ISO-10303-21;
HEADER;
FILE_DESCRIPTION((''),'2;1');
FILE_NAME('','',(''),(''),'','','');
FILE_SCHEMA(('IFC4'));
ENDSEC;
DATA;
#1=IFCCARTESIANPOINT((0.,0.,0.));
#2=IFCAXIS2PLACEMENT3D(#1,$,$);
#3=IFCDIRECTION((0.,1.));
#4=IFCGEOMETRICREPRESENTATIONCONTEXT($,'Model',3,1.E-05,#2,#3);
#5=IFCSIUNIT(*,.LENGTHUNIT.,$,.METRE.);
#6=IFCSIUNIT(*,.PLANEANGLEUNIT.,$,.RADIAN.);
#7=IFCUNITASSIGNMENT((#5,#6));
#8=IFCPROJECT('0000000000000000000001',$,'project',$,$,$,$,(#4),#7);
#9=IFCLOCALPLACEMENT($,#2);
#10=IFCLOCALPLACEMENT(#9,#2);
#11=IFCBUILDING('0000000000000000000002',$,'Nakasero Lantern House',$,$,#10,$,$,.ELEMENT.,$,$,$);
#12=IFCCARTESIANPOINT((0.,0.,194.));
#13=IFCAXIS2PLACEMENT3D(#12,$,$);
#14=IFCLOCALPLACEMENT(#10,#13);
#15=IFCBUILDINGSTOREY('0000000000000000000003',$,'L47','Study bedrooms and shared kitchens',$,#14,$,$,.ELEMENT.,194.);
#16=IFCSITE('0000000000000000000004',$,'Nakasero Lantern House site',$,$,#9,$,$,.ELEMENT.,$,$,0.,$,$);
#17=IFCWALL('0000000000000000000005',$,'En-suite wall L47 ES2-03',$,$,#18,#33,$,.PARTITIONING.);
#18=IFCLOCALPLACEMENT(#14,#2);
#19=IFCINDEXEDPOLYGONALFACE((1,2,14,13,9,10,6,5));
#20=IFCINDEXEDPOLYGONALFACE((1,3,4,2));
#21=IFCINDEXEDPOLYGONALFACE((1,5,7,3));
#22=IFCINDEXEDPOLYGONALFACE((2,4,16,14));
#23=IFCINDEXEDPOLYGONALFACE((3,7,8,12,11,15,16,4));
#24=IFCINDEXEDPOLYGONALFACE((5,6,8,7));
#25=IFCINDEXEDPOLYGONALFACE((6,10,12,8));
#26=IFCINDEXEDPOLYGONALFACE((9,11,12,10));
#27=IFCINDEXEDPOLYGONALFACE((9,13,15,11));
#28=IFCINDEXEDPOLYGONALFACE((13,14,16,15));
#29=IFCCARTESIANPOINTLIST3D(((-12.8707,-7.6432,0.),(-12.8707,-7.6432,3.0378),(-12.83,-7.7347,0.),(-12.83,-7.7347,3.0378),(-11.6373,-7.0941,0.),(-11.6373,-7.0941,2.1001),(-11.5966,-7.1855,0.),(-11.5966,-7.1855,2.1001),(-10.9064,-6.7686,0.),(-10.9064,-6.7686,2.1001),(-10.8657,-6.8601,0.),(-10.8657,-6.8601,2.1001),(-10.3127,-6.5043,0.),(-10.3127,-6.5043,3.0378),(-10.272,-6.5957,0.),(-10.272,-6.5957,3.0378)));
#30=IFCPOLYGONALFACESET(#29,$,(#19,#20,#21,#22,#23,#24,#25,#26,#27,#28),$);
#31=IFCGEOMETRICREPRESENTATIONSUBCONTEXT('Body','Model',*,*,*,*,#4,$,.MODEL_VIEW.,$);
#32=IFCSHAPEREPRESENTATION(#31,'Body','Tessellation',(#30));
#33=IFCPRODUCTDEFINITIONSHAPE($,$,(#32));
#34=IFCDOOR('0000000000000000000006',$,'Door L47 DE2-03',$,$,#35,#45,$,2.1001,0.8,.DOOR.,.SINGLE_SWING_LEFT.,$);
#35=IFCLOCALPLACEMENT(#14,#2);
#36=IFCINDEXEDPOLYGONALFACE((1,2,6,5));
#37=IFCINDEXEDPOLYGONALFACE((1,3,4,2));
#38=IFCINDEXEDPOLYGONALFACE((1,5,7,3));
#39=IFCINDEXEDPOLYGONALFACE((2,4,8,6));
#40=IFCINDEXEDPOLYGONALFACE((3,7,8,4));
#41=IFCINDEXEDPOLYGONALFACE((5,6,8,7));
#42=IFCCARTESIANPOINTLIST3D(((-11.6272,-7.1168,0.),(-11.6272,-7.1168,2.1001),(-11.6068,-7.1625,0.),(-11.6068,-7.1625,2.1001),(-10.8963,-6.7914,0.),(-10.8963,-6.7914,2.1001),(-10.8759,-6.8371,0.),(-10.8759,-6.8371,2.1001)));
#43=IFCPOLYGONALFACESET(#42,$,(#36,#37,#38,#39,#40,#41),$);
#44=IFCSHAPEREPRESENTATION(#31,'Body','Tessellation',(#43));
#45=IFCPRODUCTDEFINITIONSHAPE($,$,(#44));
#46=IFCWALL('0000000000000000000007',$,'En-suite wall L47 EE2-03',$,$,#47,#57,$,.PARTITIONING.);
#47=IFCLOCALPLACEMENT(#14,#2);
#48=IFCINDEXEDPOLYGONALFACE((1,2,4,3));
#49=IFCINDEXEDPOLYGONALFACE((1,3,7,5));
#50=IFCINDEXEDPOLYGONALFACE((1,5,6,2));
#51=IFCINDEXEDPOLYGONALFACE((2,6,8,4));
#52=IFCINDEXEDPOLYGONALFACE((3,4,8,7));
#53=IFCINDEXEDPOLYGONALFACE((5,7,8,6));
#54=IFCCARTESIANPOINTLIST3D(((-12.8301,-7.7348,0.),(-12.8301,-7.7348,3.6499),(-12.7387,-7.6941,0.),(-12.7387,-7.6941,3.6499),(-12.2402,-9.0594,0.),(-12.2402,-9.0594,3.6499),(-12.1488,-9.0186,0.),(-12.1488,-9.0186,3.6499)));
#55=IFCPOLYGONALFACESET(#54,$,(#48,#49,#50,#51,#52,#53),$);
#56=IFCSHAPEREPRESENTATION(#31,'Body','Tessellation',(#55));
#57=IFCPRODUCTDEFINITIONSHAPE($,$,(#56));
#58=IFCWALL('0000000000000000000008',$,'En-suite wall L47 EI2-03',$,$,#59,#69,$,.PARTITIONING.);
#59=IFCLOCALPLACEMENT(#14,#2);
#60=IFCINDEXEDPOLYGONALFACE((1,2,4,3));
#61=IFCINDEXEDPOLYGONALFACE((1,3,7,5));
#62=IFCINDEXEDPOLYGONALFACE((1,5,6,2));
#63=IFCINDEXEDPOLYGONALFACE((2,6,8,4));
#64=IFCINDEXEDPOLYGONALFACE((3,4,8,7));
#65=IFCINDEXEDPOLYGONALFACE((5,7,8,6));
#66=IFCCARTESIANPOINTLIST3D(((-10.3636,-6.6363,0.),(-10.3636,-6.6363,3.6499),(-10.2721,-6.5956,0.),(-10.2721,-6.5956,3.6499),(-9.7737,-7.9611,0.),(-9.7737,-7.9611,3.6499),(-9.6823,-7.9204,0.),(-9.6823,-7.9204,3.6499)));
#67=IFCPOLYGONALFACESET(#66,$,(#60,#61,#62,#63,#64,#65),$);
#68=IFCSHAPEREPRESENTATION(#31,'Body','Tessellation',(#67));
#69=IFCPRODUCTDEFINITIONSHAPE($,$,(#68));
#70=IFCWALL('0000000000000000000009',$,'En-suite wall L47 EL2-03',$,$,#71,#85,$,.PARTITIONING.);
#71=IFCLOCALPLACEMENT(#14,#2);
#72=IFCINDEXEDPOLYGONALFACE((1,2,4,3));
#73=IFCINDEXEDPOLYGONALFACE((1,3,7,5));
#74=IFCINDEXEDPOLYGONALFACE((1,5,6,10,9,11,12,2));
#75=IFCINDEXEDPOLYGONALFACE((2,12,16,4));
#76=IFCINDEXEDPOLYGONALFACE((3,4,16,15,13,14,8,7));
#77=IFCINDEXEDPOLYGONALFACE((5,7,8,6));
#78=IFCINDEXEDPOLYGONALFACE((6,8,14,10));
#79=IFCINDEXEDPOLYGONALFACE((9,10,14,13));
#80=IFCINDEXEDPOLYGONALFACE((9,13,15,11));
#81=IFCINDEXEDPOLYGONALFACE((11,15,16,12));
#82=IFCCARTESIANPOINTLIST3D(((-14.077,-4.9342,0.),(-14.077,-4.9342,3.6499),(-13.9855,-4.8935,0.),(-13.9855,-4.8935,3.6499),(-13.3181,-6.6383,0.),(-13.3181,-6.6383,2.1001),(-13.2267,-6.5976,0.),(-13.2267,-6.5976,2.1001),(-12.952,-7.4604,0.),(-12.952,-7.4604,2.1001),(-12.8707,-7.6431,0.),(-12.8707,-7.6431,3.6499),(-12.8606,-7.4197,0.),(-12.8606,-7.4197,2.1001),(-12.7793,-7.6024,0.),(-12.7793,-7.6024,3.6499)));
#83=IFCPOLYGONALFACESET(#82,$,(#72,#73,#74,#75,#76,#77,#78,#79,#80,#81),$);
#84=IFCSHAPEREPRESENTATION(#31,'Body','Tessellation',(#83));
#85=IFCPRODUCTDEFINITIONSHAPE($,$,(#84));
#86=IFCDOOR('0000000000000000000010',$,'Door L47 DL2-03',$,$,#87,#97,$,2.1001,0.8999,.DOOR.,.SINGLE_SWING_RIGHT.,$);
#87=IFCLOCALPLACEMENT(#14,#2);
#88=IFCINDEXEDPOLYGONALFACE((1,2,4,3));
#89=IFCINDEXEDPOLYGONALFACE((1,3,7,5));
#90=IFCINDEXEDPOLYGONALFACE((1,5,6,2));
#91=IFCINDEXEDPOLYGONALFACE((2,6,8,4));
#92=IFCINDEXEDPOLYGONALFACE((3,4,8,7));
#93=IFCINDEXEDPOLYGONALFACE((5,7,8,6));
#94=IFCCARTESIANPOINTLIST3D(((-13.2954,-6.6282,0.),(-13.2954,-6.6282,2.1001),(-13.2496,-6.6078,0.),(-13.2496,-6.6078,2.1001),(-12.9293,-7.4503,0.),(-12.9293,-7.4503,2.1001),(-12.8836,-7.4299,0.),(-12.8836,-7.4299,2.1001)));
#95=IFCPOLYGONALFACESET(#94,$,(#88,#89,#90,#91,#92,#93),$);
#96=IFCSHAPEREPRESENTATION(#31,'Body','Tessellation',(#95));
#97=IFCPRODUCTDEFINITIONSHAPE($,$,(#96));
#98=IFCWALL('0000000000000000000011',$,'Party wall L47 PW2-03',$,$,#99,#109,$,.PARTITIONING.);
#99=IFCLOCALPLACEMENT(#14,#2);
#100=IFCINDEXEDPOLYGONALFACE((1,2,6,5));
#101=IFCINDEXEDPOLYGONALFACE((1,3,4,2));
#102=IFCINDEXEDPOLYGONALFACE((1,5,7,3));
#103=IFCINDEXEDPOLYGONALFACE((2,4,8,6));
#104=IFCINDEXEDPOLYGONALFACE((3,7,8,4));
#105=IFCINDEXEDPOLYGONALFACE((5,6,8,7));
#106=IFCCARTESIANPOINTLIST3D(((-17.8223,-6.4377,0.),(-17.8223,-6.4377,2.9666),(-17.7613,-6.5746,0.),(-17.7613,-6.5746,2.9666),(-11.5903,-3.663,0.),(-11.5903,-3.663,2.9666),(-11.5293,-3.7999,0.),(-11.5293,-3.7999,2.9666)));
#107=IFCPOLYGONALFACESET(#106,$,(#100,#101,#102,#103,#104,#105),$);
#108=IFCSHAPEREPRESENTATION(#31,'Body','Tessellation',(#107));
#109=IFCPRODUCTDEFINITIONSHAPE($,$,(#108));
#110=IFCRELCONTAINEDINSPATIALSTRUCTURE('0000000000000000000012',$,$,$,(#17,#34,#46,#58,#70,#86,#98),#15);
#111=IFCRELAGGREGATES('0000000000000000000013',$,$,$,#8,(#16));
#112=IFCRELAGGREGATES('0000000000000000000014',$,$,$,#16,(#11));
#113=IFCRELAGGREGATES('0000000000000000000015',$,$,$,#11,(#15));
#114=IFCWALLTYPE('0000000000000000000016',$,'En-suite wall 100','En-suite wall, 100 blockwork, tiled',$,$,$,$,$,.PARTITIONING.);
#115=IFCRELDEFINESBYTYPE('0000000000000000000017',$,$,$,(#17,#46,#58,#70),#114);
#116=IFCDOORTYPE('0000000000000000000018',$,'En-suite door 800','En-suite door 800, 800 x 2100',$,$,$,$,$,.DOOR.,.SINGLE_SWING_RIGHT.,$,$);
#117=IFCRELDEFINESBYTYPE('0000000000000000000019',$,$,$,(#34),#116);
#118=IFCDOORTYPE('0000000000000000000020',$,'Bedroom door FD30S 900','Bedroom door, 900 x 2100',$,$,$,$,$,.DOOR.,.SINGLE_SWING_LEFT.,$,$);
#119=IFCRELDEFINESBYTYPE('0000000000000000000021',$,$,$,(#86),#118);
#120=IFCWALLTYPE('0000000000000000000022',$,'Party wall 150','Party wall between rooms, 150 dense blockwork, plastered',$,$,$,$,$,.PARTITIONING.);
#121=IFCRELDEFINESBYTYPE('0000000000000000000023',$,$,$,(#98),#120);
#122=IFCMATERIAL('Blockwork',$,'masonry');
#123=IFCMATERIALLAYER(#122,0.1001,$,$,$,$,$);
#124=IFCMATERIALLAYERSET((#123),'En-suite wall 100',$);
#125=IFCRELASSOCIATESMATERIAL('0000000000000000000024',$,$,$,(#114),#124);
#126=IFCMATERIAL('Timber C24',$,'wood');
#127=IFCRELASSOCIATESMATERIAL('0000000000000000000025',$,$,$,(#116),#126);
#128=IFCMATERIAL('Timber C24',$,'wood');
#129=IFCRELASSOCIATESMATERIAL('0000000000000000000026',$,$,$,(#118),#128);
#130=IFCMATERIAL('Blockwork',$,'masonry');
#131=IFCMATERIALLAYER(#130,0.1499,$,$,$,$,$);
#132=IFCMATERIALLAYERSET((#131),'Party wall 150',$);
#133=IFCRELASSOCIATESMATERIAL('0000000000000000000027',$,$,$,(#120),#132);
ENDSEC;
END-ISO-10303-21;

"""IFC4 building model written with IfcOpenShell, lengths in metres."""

from ifc_helpers import new_model, si_unit, direction, frame, frame_2d, origin, place, context, subcontext, project, spatial, rectangle, extrude, material, layer, layer_set, type_object, element, fill, save


model = new_model("IFC4")

# Units and contexts
model_context = context("Model", 3, precision=1e-05, world=origin(), true_north=direction((0.0, 1.0)))
body_context = subcontext(model_context, "Body", "Model", "MODEL_VIEW")
ifc_project = project(units=[si_unit("LENGTHUNIT", "METRE"), si_unit("PLANEANGLEUNIT", "RADIAN")], contexts=[model_context])

# Site, building, storey
site_placement = place(None, origin())
site = spatial("IfcSite", under=ifc_project, at=site_placement, Name="Nakasero Lantern House site", CompositionType="ELEMENT", RefElevation=0.0)
building_placement = place(site_placement, origin())
building = spatial("IfcBuilding", under=site, at=building_placement, Name="Nakasero Lantern House", CompositionType="ELEMENT")
storey_placement = place(building_placement, frame((0.0, 0.0, 194.0)))
storey = spatial("IfcBuildingStorey", under=building, at=storey_placement, Name="L47", Description="Study bedrooms and shared kitchens", CompositionType="ELEMENT", Elevation=194.0)

# Wall, opening, door
ifc_material_1 = material(Name="Blockwork", Category="masonry")
ifc_layer_1 = layer(ifc_material_1, 0.1001)
ifc_layer_set_1 = layer_set([ifc_layer_1], Name="En-suite wall 100")
wall_type_1 = type_object("IfcWallType", Name="En-suite wall 100", Description="En-suite wall, 100 blockwork, tiled", PredefinedType="PARTITIONING", material=ifc_layer_set_1)
wall_1_placement = place(storey_placement, frame((-10.2925, -6.55, 0.0), z_axis=(0.0, 0.0, 1.0), x_axis=(-0.913534, -0.406761, 0.0)))
wall_1 = element("IfcWall", 1, at=wall_1_placement, inside=storey, type_object=wall_type_1, Name="En-suite wall L47 ES2-03", PredefinedType="PARTITIONING", context=body_context, shape_type="SweptSolid", body=[
    extrude(rectangle(XDim=2.8, YDim=0.1001, at=frame_2d((1.3999, 0.0))), origin(), (0.0, 0.0, 1.0), 3.0378),
])
opening_1_placement = place(wall_1_placement, frame((0.6499, 0.0, 0.0)))
opening_1 = element("IfcOpeningElement", 2, at=opening_1_placement, cuts=wall_1, PredefinedType="OPENING", context=body_context, shape_type="SweptSolid", body=[
    extrude(rectangle(XDim=0.8, YDim=2.1001, at=frame_2d((0.3999, 1.05))), frame((0.0, 0.0701, 0.0), z_axis=(0.0, -1.0, 0.0), x_axis=(1.0, 0.0, 0.0)), (0.0, 0.0, 1.0), 0.1401),
])
ifc_material_2 = material(Name="Timber C24", Category="wood")
door_type_1 = type_object("IfcDoorType", Name="En-suite door 800", Description="En-suite door 800, 800 x 2100", OperationType="SINGLE_SWING_RIGHT", PredefinedType="DOOR", material=ifc_material_2)
door_1_placement = place(opening_1_placement, origin())
door_1 = element("IfcDoor", 3, at=door_1_placement, inside=storey, type_object=door_type_1, Name="Door L47 DE2-03", OperationType="SINGLE_SWING_LEFT", OverallHeight=2.1001, OverallWidth=0.8, PredefinedType="DOOR", context=body_context, shape_type="SweptSolid", body=[
    extrude(rectangle(XDim=0.8, YDim=2.1001, at=frame_2d((0.3999, 1.05))), frame((0.0, 0.0249, 0.0), z_axis=(0.0, -1.0, 0.0), x_axis=(1.0, 0.0, 0.0)), (0.0, 0.0, 1.0), 0.05),
])
fill(opening_1, door_1)

# Walls
wall_2_placement = place(storey_placement, frame((-12.7844, -7.7144, 0.0), z_axis=(0.0, 0.0, 1.0), x_axis=(0.406826, -0.913506, 0.0)))
element("IfcWall", 4, at=wall_2_placement, inside=storey, type_object=wall_type_1, Name="En-suite wall L47 EE2-03", PredefinedType="PARTITIONING", context=body_context, shape_type="SweptSolid", body=[
    extrude(rectangle(XDim=1.45, YDim=0.1001, at=frame_2d((0.7251, 0.0))), origin(), (0.0, 0.0, 1.0), 3.6499),
])
wall_3_placement = place(storey_placement, frame((-10.3179, -6.616, 0.0), z_axis=(0.0, 0.0, 1.0), x_axis=(0.406763, -0.913534, 0.0)))
element("IfcWall", 5, at=wall_3_placement, inside=storey, type_object=wall_type_1, Name="En-suite wall L47 EI2-03", PredefinedType="PARTITIONING", context=body_context, shape_type="SweptSolid", body=[
    extrude(rectangle(XDim=1.4502, YDim=0.1001, at=frame_2d((0.7251, 0.0))), origin(), (0.0, 0.0, 1.0), 3.6499),
])

# Wall, opening, door
wall_4_placement = place(storey_placement, frame((-14.0312, -4.9138, 0.0), z_axis=(0.0, 0.0, 1.0), x_axis=(0.406788, -0.913523, 0.0)))
wall_4 = element("IfcWall", 6, at=wall_4_placement, inside=storey, type_object=wall_type_1, Name="En-suite wall L47 EL2-03", PredefinedType="PARTITIONING", context=body_context, shape_type="SweptSolid", body=[
    extrude(rectangle(XDim=2.9653, YDim=0.1001, at=frame_2d((1.4827, 0.0))), origin(), (0.0, 0.0, 1.0), 3.6499),
])
opening_2_placement = place(wall_4_placement, frame((1.8655, 0.0, 0.0)))
opening_2 = element("IfcOpeningElement", 7, at=opening_2_placement, cuts=wall_4, PredefinedType="OPENING", context=body_context, shape_type="SweptSolid", body=[
    extrude(rectangle(XDim=0.8999, YDim=2.1001, at=frame_2d((0.45, 1.05))), frame((0.0, 0.0701, 0.0), z_axis=(0.0, -1.0, 0.0), x_axis=(1.0, 0.0, 0.0)), (0.0, 0.0, 1.0), 0.1401),
])
ifc_material_3 = material(Name="Timber C24", Category="wood")
door_type_2 = type_object("IfcDoorType", Name="Bedroom door FD30S 900", Description="Bedroom door, 900 x 2100", OperationType="SINGLE_SWING_LEFT", PredefinedType="DOOR", material=ifc_material_3)
door_2_placement = place(opening_2_placement, origin())
door_2 = element("IfcDoor", 8, at=door_2_placement, inside=storey, type_object=door_type_2, Name="Door L47 DL2-03", OperationType="SINGLE_SWING_RIGHT", OverallHeight=2.1001, OverallWidth=0.8999, PredefinedType="DOOR", context=body_context, shape_type="SweptSolid", body=[
    extrude(rectangle(XDim=0.8999, YDim=2.1001, at=frame_2d((0.45, 1.05))), frame((0.0, 0.0249, 0.0), z_axis=(0.0, -1.0, 0.0), x_axis=(1.0, 0.0, 0.0)), (0.0, 0.0, 1.0), 0.05),
])
fill(opening_2, door_2)

# Wall
ifc_material_4 = material(Name="Blockwork", Category="masonry")
ifc_layer_2 = layer(ifc_material_4, 0.1499)
ifc_layer_set_2 = layer_set([ifc_layer_2], Name="Party wall 150")
wall_type_2 = type_object("IfcWallType", Name="Party wall 150", Description="Party wall between rooms, 150 dense blockwork, plastered", PredefinedType="PARTITIONING", material=ifc_layer_set_2)
wall_5_placement = place(storey_placement, frame((-11.5598, -3.7314, 0.0), z_axis=(0.0, 0.0, 1.0), x_axis=(-0.913544, -0.406739, 0.0)))
element("IfcWall", 9, at=wall_5_placement, inside=storey, type_object=wall_type_2, Name="Party wall L47 PW2-03", PredefinedType="PARTITIONING", context=body_context, shape_type="SweptSolid", body=[
    extrude(rectangle(XDim=6.8218, YDim=0.1499, at=frame_2d((3.4109, 0.0))), origin(), (0.0, 0.0, 1.0), 2.9666),
])

save(model, "model.ifc")
